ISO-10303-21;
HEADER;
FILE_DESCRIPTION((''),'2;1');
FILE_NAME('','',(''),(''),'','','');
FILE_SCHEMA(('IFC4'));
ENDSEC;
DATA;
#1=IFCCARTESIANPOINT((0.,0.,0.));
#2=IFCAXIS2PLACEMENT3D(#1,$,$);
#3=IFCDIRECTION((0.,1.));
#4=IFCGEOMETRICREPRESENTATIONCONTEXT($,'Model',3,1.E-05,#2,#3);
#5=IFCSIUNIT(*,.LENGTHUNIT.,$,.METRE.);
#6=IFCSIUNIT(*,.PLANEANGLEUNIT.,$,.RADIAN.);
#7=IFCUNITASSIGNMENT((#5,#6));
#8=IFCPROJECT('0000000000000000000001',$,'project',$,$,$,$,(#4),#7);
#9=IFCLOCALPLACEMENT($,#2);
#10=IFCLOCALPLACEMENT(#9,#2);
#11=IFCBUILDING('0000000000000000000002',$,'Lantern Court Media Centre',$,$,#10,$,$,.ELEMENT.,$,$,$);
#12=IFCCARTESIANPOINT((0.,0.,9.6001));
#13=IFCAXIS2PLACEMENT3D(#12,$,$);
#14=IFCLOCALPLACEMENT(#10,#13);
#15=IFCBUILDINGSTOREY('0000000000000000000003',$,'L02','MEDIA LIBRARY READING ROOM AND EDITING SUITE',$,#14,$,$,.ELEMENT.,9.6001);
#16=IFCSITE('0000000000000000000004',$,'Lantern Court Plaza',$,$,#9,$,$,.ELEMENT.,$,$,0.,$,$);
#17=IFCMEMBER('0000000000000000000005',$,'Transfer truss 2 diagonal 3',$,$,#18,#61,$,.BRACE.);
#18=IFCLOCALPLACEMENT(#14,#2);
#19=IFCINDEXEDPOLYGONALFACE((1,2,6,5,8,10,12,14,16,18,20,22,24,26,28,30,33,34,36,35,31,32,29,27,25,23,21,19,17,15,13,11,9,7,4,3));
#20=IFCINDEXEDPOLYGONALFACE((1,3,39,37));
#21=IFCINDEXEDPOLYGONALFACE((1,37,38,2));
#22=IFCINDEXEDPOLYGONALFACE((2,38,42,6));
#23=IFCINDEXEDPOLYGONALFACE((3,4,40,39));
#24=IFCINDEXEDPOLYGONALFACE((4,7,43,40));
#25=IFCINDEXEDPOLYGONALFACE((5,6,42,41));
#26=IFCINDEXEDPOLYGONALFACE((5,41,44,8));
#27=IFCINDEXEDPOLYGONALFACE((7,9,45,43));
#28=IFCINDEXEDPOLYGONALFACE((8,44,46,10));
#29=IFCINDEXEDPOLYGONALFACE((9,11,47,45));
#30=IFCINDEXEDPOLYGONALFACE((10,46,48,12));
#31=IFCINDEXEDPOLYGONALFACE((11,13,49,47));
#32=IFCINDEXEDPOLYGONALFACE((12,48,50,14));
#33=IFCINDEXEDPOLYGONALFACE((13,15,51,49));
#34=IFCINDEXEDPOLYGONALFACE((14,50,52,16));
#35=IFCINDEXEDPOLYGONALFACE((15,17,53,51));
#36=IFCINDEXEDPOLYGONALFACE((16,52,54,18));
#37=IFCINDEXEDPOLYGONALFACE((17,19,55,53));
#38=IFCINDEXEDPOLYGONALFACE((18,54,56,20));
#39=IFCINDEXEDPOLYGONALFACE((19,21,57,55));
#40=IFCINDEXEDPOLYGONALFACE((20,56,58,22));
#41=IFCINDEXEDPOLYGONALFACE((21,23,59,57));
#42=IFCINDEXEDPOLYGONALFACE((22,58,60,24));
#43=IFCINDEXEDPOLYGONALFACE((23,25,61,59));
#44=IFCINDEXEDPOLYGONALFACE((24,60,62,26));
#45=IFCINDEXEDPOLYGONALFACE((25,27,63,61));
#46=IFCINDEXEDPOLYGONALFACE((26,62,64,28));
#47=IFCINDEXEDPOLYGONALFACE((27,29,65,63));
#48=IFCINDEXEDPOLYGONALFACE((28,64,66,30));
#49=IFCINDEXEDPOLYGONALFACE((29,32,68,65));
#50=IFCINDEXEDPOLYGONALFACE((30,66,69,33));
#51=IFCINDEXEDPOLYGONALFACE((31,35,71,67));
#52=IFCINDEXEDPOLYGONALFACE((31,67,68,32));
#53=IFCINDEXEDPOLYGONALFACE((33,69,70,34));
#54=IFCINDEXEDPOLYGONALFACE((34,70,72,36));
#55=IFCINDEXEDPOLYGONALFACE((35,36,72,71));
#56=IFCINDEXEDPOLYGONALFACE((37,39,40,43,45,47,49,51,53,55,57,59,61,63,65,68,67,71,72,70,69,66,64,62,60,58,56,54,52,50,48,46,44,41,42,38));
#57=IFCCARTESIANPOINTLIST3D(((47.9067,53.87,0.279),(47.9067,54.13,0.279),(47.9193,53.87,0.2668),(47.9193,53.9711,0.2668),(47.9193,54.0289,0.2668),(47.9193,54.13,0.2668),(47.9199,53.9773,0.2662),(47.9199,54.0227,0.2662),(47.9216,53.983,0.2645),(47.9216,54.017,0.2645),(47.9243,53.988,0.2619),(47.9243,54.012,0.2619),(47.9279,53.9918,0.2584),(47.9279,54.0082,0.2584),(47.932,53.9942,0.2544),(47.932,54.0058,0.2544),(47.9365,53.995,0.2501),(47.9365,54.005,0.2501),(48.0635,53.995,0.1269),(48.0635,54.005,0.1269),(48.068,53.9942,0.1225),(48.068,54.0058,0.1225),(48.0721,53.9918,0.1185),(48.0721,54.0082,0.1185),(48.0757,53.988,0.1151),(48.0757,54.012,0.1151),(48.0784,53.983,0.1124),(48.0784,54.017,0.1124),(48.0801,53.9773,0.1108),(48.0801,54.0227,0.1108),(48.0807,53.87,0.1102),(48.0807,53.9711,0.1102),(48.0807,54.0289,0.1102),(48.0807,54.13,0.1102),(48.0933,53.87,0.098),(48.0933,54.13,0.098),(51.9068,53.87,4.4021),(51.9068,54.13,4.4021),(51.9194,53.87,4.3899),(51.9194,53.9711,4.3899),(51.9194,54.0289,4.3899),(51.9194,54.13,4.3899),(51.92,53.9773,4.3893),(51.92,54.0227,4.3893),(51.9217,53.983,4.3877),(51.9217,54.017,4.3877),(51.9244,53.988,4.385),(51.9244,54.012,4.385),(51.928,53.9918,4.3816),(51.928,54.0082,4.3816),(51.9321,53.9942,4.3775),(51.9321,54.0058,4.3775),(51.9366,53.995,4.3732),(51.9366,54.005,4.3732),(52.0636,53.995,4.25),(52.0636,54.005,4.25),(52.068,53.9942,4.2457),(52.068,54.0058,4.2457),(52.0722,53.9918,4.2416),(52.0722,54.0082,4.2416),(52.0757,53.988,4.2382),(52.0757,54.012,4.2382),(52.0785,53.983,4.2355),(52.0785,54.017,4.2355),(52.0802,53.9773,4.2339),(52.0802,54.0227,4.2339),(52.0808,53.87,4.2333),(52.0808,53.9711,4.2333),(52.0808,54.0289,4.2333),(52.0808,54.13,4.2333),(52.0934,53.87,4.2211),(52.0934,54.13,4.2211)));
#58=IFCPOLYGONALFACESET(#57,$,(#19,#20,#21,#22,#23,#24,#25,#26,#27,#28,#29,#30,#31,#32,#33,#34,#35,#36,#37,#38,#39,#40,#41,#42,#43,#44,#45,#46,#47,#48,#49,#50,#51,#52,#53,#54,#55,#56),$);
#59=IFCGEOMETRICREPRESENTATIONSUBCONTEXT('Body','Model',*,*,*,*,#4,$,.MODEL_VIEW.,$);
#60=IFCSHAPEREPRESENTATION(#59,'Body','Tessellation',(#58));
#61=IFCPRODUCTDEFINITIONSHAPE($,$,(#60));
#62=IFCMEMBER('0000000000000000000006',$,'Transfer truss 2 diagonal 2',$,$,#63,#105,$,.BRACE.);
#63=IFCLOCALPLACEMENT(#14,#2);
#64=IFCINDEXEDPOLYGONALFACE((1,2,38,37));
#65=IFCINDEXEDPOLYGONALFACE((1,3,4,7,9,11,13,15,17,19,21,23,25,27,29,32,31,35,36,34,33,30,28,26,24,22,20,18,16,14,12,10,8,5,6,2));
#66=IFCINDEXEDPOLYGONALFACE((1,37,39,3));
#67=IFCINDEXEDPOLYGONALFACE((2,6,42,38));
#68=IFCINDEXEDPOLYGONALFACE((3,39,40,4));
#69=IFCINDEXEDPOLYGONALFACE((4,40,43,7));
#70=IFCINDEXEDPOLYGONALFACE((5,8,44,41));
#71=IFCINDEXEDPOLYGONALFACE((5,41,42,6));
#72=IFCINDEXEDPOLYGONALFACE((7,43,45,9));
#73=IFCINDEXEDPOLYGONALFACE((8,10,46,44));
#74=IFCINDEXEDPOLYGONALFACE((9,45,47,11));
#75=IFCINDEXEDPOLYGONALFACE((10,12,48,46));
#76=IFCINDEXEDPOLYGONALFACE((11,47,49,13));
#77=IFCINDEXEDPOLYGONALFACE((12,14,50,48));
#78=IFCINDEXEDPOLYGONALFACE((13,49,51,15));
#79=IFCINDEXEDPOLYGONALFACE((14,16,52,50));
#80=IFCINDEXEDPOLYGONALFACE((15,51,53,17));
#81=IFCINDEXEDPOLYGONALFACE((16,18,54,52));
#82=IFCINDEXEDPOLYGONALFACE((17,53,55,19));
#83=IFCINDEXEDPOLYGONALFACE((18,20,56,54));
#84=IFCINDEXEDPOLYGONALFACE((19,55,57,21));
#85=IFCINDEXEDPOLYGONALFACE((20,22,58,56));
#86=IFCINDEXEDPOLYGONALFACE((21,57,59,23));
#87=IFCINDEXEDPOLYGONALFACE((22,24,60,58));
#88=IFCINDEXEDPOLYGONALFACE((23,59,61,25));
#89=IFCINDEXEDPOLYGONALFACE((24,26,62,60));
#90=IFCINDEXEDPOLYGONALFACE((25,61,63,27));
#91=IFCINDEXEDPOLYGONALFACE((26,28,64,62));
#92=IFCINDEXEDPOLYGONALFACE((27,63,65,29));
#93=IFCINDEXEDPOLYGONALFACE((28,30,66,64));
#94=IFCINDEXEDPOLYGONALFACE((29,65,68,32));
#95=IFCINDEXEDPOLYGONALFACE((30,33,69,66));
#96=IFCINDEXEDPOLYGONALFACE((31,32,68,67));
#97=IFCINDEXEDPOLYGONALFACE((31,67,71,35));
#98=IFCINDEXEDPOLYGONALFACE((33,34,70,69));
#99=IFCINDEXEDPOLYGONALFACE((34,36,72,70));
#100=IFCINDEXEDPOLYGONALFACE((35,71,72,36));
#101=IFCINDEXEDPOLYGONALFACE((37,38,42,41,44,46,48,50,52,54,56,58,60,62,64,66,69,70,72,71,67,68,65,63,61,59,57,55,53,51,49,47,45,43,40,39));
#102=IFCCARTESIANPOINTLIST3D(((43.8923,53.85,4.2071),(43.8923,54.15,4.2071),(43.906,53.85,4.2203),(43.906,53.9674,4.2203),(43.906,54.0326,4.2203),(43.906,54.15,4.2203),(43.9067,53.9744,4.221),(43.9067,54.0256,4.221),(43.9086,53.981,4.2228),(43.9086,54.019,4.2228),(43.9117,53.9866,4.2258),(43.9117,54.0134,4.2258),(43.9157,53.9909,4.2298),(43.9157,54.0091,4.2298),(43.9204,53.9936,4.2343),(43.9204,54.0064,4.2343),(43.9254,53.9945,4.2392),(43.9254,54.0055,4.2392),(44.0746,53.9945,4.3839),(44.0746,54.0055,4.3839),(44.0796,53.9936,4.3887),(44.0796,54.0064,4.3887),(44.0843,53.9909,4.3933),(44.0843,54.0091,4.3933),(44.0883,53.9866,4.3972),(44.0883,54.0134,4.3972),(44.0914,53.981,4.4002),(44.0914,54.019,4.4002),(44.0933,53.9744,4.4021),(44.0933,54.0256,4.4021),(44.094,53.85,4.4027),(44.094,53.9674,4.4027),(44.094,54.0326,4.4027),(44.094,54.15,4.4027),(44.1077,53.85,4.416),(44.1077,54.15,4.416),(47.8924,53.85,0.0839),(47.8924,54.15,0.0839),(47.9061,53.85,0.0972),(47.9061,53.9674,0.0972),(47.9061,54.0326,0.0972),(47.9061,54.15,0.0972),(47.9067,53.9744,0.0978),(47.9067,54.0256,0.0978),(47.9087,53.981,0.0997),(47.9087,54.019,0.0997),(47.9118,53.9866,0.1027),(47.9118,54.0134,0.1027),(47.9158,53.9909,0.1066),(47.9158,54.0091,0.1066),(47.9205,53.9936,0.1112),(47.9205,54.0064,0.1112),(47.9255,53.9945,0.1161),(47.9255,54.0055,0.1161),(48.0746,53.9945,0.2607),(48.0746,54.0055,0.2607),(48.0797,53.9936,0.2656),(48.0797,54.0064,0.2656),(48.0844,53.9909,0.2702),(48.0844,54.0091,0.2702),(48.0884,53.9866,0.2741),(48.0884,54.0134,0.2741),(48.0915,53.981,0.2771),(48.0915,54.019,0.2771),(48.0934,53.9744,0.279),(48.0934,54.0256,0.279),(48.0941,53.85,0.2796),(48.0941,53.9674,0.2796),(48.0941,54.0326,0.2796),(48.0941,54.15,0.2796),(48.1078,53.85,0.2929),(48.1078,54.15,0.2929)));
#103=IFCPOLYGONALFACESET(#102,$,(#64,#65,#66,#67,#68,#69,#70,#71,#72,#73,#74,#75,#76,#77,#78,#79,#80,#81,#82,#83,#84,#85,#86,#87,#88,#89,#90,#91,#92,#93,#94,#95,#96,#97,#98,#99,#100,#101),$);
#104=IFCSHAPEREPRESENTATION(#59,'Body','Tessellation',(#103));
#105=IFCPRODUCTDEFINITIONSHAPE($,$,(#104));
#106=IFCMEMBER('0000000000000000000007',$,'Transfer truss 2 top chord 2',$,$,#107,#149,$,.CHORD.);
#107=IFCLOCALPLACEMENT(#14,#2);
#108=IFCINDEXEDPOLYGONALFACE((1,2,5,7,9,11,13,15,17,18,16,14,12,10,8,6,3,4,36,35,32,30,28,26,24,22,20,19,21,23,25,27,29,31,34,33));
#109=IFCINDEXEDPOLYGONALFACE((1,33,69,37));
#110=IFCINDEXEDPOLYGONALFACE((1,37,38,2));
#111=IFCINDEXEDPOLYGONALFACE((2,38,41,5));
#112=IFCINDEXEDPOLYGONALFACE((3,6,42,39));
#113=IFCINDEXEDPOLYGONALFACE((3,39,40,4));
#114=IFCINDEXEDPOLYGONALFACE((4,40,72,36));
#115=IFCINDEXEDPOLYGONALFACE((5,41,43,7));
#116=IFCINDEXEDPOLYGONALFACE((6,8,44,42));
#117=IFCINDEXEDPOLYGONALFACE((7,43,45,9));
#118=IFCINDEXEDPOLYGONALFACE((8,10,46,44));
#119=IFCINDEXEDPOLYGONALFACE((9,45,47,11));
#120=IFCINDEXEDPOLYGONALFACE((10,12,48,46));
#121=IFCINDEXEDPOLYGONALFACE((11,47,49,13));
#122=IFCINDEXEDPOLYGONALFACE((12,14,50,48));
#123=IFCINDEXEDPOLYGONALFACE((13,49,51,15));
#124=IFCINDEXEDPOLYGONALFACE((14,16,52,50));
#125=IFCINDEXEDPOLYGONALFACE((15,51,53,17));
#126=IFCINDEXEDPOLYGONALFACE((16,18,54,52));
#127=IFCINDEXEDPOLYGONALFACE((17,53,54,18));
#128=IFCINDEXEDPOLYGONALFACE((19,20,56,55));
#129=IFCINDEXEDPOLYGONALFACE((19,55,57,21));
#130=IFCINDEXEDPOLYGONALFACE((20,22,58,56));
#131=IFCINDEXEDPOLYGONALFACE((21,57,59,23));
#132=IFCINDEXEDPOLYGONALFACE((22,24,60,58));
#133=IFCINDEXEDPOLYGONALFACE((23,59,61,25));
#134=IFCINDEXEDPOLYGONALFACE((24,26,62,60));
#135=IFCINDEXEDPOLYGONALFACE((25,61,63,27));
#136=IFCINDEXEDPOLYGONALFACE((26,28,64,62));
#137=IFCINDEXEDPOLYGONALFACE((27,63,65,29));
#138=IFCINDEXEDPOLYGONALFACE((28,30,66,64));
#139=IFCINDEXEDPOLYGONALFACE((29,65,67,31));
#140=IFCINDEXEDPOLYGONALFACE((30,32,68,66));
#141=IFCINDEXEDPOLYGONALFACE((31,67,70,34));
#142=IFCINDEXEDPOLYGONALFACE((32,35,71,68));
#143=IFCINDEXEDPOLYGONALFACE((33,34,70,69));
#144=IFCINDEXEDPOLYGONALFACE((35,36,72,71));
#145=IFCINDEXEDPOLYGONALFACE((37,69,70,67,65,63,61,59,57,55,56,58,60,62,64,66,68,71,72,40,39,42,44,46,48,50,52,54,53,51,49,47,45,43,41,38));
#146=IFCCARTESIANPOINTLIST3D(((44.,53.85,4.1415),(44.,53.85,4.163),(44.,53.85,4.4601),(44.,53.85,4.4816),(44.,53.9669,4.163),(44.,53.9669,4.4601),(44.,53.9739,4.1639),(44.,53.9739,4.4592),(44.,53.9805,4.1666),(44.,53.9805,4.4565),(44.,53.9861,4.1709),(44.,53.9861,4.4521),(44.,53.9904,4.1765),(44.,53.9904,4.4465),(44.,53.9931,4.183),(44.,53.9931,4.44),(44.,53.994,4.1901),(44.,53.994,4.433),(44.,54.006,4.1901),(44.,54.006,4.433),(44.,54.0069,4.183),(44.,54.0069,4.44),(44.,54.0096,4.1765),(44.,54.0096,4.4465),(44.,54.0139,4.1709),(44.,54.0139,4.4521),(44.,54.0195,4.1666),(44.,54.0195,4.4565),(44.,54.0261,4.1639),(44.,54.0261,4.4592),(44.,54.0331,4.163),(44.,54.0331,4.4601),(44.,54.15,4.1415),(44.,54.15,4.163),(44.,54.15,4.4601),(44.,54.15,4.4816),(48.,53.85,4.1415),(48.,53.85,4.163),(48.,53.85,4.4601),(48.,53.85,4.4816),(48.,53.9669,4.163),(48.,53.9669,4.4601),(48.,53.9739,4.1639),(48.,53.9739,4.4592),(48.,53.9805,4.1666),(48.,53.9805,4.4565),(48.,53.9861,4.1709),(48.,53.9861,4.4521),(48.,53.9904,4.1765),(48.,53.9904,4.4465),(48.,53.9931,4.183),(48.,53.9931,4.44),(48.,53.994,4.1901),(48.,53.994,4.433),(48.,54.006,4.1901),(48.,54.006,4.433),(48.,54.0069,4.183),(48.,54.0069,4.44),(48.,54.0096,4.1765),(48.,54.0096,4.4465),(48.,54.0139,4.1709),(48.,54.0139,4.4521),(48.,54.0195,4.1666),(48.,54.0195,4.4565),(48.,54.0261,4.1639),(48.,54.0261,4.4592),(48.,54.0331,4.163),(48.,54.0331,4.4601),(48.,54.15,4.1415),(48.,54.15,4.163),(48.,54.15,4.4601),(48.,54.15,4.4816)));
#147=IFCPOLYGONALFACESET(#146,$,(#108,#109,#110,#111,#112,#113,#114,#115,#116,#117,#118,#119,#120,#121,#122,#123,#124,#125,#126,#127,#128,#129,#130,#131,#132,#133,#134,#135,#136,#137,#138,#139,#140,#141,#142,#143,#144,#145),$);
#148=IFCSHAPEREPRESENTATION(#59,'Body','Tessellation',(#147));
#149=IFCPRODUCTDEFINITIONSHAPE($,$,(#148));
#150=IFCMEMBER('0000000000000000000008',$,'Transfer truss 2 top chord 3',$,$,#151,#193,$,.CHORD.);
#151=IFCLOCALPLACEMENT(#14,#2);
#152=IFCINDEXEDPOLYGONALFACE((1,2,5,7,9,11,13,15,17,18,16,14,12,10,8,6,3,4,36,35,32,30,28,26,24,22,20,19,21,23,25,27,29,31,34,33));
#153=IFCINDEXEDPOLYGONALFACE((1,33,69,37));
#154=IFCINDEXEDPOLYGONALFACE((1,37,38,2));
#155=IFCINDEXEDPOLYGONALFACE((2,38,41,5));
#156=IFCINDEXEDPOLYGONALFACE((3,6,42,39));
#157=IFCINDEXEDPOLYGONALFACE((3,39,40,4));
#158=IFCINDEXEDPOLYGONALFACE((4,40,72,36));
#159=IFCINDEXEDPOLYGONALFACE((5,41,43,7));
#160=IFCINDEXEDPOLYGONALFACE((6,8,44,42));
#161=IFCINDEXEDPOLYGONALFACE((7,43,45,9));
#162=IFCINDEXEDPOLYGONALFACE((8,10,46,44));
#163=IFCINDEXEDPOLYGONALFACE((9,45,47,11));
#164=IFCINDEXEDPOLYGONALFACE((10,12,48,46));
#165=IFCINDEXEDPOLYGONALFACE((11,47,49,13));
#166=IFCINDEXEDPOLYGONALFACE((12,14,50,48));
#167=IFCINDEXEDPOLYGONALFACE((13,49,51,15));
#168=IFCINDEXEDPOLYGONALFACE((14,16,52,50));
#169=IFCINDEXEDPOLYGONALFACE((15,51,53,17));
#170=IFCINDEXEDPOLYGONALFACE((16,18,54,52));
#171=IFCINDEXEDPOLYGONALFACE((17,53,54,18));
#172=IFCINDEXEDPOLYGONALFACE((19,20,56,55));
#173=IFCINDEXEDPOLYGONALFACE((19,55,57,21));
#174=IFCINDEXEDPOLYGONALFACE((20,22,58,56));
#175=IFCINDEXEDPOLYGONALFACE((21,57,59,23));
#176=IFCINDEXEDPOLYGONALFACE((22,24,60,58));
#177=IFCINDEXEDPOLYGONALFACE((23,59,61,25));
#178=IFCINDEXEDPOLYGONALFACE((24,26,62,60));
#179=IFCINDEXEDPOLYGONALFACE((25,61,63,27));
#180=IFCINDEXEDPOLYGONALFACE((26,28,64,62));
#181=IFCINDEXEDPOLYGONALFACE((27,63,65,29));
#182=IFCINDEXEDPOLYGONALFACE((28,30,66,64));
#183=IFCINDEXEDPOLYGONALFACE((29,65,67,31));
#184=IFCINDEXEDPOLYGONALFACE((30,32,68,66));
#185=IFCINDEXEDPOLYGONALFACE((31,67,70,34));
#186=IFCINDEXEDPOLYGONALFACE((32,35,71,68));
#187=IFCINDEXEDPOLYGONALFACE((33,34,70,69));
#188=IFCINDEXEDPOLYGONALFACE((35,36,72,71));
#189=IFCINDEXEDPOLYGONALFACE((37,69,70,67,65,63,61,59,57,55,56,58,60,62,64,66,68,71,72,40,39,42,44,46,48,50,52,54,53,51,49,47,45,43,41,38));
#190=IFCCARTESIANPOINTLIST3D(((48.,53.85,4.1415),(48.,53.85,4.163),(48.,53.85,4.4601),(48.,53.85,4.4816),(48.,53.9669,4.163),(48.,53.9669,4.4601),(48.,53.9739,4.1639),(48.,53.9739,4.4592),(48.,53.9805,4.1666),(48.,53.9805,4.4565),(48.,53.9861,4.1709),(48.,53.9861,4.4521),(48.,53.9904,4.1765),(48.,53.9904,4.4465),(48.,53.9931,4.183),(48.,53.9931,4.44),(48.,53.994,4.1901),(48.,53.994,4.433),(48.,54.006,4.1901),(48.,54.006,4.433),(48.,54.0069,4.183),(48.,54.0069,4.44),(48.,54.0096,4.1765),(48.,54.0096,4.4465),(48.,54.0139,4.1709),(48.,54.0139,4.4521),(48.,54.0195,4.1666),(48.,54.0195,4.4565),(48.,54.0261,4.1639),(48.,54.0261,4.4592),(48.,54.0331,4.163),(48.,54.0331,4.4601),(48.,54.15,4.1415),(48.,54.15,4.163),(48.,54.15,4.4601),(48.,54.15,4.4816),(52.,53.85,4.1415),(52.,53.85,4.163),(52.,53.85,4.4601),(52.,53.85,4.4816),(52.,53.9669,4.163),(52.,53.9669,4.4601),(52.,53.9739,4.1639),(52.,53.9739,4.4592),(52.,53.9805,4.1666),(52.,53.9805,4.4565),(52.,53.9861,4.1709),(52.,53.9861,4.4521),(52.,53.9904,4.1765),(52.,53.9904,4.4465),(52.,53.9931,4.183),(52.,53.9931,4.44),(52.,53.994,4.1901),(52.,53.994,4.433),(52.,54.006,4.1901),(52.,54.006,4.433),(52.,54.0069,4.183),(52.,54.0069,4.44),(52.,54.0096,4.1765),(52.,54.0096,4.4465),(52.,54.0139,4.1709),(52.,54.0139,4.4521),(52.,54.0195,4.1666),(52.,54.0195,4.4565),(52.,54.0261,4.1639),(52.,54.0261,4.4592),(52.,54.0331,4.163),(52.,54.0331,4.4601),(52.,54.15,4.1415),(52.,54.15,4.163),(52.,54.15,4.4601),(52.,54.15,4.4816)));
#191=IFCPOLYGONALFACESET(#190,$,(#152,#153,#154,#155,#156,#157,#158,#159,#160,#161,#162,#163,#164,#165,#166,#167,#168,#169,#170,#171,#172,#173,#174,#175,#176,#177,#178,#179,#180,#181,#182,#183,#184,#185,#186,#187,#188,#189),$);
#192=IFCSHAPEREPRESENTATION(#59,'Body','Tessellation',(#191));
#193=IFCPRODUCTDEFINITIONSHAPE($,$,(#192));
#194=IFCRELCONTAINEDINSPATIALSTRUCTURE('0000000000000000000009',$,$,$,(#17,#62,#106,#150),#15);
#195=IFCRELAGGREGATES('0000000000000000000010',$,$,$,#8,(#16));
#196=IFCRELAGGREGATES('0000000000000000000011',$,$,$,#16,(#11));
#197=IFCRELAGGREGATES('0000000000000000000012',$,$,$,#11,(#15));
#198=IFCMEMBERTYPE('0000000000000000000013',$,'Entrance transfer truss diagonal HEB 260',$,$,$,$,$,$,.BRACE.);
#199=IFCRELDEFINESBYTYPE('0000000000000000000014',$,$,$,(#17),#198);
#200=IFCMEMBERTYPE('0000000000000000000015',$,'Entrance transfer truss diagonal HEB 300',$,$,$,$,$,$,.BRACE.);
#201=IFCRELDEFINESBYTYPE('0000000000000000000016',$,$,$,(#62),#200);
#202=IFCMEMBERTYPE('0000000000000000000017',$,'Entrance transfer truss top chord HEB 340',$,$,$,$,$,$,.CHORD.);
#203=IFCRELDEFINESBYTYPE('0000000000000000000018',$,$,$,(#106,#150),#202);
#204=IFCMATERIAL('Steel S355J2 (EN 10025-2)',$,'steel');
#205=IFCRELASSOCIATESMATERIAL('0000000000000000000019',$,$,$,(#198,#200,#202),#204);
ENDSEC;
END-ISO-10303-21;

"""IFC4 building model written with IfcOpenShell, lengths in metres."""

from ifc_helpers import new_model, si_unit, direction, frame, origin, origin_2d, place, context, subcontext, project, spatial, i_section, extrude, material, material_profile, profile_set, type_object, element, save


model = new_model("IFC4")

# Units and contexts
model_context = context("Model", 3, precision=1e-05, world=origin(), true_north=direction((0.0, 1.0)))
body_context = subcontext(model_context, "Body", "Model", "MODEL_VIEW")
ifc_project = project(units=[si_unit("LENGTHUNIT", "METRE"), si_unit("PLANEANGLEUNIT", "RADIAN")], contexts=[model_context])

# Site, building, storey
site_placement = place(None, origin())
site = spatial("IfcSite", under=ifc_project, at=site_placement, Name="Lantern Court Plaza", CompositionType="ELEMENT", RefElevation=0.0)
building_placement = place(site_placement, origin())
building = spatial("IfcBuilding", under=site, at=building_placement, Name="Lantern Court Media Centre", CompositionType="ELEMENT")
storey_placement = place(building_placement, frame((0.0, 0.0, 9.6001)))
storey = spatial("IfcBuildingStorey", under=building, at=storey_placement, Name="L02", Description="MEDIA LIBRARY READING ROOM AND EDITING SUITE", CompositionType="ELEMENT", Elevation=9.6001)

# Members
ifc_material_1 = material(Name="Steel S355J2 (EN 10025-2)", Category="steel")
ifc_material_profile_1 = material_profile(ifc_material_1, i_section(OverallWidth=0.26, OverallDepth=0.26, WebThickness=0.01, FlangeThickness=0.0176, FilletRadius=0.0239, at=origin_2d()), Name="HEB 260")
ifc_profile_set_1 = profile_set([ifc_material_profile_1], Name="Steel S355J2 (EN 10025-2)")
member_type_1 = type_object("IfcMemberType", Name="Entrance transfer truss diagonal HEB 260", PredefinedType="BRACE", material=ifc_profile_set_1)
member_1_placement = place(storey_placement, frame((48.0, 54.0, 0.1885), z_axis=(0.696316, 0.0, 0.717736), x_axis=(0.0, 1.0, 0.0)))
element("IfcMember", 1, at=member_1_placement, inside=storey, type_object=member_type_1, Name="Transfer truss 2 diagonal 3", PredefinedType="BRACE", context=body_context, shape_type="SweptSolid", body=[
    extrude(i_section(OverallWidth=0.26, OverallDepth=0.26, WebThickness=0.01, FlangeThickness=0.0176, FilletRadius=0.0239, at=origin_2d()), origin(), (0.0, 0.0, 1.0), 5.7446),
])
ifc_material_profile_2 = material_profile(ifc_material_1, i_section(OverallWidth=0.3, OverallDepth=0.3, WebThickness=0.011, FlangeThickness=0.019, FilletRadius=0.0271, at=origin_2d()), Name="HEB 300")
ifc_profile_set_2 = profile_set([ifc_material_profile_2], Name="Steel S355J2 (EN 10025-2)")
member_type_2 = type_object("IfcMemberType", Name="Entrance transfer truss diagonal HEB 300", PredefinedType="BRACE", material=ifc_profile_set_2)
member_2_placement = place(storey_placement, frame((44.0, 54.0, 4.3115), z_axis=(0.696316, 0.0, -0.717736), x_axis=(0.0, 1.0, 0.0)))
element("IfcMember", 2, at=member_2_placement, inside=storey, type_object=member_type_2, Name="Transfer truss 2 diagonal 2", PredefinedType="BRACE", context=body_context, shape_type="SweptSolid", body=[
    extrude(i_section(OverallWidth=0.3, OverallDepth=0.3, WebThickness=0.011, FlangeThickness=0.019, FilletRadius=0.0271, at=origin_2d()), origin(), (0.0, 0.0, 1.0), 5.7446),
])
ifc_material_profile_3 = material_profile(ifc_material_1, i_section(OverallWidth=0.3, OverallDepth=0.3401, WebThickness=0.012, FlangeThickness=0.0215, FilletRadius=0.0271, at=origin_2d()), Name="HEB 340")
ifc_profile_set_3 = profile_set([ifc_material_profile_3], Name="Steel S355J2 (EN 10025-2)")
member_type_3 = type_object("IfcMemberType", Name="Entrance transfer truss top chord HEB 340", PredefinedType="CHORD", material=ifc_profile_set_3)
for number, where, z_axis, x_axis, name in (
    (3, (44.0, 54.0, 4.3115), (1.0, 0.0, 0.0), (0.0, 1.0, 0.0), "Transfer truss 2 top chord 2"),
    (4, (48.0, 54.0, 4.3115), (1.0, 0.0, 0.0), (0.0, 1.0, 0.0), "Transfer truss 2 top chord 3"),
):
    element("IfcMember", number, at=place(storey_placement, frame(where, z_axis=z_axis, x_axis=x_axis)), inside=storey, type_object=member_type_3, Name=name, PredefinedType="CHORD", context=body_context, shape_type="SweptSolid", body=[
        extrude(i_section(OverallWidth=0.3, OverallDepth=0.3401, WebThickness=0.012, FlangeThickness=0.0215, FilletRadius=0.0271, at=origin_2d()), origin(), (0.0, 0.0, 1.0), 4.0),
    ])

save(model, "model.ifc")
